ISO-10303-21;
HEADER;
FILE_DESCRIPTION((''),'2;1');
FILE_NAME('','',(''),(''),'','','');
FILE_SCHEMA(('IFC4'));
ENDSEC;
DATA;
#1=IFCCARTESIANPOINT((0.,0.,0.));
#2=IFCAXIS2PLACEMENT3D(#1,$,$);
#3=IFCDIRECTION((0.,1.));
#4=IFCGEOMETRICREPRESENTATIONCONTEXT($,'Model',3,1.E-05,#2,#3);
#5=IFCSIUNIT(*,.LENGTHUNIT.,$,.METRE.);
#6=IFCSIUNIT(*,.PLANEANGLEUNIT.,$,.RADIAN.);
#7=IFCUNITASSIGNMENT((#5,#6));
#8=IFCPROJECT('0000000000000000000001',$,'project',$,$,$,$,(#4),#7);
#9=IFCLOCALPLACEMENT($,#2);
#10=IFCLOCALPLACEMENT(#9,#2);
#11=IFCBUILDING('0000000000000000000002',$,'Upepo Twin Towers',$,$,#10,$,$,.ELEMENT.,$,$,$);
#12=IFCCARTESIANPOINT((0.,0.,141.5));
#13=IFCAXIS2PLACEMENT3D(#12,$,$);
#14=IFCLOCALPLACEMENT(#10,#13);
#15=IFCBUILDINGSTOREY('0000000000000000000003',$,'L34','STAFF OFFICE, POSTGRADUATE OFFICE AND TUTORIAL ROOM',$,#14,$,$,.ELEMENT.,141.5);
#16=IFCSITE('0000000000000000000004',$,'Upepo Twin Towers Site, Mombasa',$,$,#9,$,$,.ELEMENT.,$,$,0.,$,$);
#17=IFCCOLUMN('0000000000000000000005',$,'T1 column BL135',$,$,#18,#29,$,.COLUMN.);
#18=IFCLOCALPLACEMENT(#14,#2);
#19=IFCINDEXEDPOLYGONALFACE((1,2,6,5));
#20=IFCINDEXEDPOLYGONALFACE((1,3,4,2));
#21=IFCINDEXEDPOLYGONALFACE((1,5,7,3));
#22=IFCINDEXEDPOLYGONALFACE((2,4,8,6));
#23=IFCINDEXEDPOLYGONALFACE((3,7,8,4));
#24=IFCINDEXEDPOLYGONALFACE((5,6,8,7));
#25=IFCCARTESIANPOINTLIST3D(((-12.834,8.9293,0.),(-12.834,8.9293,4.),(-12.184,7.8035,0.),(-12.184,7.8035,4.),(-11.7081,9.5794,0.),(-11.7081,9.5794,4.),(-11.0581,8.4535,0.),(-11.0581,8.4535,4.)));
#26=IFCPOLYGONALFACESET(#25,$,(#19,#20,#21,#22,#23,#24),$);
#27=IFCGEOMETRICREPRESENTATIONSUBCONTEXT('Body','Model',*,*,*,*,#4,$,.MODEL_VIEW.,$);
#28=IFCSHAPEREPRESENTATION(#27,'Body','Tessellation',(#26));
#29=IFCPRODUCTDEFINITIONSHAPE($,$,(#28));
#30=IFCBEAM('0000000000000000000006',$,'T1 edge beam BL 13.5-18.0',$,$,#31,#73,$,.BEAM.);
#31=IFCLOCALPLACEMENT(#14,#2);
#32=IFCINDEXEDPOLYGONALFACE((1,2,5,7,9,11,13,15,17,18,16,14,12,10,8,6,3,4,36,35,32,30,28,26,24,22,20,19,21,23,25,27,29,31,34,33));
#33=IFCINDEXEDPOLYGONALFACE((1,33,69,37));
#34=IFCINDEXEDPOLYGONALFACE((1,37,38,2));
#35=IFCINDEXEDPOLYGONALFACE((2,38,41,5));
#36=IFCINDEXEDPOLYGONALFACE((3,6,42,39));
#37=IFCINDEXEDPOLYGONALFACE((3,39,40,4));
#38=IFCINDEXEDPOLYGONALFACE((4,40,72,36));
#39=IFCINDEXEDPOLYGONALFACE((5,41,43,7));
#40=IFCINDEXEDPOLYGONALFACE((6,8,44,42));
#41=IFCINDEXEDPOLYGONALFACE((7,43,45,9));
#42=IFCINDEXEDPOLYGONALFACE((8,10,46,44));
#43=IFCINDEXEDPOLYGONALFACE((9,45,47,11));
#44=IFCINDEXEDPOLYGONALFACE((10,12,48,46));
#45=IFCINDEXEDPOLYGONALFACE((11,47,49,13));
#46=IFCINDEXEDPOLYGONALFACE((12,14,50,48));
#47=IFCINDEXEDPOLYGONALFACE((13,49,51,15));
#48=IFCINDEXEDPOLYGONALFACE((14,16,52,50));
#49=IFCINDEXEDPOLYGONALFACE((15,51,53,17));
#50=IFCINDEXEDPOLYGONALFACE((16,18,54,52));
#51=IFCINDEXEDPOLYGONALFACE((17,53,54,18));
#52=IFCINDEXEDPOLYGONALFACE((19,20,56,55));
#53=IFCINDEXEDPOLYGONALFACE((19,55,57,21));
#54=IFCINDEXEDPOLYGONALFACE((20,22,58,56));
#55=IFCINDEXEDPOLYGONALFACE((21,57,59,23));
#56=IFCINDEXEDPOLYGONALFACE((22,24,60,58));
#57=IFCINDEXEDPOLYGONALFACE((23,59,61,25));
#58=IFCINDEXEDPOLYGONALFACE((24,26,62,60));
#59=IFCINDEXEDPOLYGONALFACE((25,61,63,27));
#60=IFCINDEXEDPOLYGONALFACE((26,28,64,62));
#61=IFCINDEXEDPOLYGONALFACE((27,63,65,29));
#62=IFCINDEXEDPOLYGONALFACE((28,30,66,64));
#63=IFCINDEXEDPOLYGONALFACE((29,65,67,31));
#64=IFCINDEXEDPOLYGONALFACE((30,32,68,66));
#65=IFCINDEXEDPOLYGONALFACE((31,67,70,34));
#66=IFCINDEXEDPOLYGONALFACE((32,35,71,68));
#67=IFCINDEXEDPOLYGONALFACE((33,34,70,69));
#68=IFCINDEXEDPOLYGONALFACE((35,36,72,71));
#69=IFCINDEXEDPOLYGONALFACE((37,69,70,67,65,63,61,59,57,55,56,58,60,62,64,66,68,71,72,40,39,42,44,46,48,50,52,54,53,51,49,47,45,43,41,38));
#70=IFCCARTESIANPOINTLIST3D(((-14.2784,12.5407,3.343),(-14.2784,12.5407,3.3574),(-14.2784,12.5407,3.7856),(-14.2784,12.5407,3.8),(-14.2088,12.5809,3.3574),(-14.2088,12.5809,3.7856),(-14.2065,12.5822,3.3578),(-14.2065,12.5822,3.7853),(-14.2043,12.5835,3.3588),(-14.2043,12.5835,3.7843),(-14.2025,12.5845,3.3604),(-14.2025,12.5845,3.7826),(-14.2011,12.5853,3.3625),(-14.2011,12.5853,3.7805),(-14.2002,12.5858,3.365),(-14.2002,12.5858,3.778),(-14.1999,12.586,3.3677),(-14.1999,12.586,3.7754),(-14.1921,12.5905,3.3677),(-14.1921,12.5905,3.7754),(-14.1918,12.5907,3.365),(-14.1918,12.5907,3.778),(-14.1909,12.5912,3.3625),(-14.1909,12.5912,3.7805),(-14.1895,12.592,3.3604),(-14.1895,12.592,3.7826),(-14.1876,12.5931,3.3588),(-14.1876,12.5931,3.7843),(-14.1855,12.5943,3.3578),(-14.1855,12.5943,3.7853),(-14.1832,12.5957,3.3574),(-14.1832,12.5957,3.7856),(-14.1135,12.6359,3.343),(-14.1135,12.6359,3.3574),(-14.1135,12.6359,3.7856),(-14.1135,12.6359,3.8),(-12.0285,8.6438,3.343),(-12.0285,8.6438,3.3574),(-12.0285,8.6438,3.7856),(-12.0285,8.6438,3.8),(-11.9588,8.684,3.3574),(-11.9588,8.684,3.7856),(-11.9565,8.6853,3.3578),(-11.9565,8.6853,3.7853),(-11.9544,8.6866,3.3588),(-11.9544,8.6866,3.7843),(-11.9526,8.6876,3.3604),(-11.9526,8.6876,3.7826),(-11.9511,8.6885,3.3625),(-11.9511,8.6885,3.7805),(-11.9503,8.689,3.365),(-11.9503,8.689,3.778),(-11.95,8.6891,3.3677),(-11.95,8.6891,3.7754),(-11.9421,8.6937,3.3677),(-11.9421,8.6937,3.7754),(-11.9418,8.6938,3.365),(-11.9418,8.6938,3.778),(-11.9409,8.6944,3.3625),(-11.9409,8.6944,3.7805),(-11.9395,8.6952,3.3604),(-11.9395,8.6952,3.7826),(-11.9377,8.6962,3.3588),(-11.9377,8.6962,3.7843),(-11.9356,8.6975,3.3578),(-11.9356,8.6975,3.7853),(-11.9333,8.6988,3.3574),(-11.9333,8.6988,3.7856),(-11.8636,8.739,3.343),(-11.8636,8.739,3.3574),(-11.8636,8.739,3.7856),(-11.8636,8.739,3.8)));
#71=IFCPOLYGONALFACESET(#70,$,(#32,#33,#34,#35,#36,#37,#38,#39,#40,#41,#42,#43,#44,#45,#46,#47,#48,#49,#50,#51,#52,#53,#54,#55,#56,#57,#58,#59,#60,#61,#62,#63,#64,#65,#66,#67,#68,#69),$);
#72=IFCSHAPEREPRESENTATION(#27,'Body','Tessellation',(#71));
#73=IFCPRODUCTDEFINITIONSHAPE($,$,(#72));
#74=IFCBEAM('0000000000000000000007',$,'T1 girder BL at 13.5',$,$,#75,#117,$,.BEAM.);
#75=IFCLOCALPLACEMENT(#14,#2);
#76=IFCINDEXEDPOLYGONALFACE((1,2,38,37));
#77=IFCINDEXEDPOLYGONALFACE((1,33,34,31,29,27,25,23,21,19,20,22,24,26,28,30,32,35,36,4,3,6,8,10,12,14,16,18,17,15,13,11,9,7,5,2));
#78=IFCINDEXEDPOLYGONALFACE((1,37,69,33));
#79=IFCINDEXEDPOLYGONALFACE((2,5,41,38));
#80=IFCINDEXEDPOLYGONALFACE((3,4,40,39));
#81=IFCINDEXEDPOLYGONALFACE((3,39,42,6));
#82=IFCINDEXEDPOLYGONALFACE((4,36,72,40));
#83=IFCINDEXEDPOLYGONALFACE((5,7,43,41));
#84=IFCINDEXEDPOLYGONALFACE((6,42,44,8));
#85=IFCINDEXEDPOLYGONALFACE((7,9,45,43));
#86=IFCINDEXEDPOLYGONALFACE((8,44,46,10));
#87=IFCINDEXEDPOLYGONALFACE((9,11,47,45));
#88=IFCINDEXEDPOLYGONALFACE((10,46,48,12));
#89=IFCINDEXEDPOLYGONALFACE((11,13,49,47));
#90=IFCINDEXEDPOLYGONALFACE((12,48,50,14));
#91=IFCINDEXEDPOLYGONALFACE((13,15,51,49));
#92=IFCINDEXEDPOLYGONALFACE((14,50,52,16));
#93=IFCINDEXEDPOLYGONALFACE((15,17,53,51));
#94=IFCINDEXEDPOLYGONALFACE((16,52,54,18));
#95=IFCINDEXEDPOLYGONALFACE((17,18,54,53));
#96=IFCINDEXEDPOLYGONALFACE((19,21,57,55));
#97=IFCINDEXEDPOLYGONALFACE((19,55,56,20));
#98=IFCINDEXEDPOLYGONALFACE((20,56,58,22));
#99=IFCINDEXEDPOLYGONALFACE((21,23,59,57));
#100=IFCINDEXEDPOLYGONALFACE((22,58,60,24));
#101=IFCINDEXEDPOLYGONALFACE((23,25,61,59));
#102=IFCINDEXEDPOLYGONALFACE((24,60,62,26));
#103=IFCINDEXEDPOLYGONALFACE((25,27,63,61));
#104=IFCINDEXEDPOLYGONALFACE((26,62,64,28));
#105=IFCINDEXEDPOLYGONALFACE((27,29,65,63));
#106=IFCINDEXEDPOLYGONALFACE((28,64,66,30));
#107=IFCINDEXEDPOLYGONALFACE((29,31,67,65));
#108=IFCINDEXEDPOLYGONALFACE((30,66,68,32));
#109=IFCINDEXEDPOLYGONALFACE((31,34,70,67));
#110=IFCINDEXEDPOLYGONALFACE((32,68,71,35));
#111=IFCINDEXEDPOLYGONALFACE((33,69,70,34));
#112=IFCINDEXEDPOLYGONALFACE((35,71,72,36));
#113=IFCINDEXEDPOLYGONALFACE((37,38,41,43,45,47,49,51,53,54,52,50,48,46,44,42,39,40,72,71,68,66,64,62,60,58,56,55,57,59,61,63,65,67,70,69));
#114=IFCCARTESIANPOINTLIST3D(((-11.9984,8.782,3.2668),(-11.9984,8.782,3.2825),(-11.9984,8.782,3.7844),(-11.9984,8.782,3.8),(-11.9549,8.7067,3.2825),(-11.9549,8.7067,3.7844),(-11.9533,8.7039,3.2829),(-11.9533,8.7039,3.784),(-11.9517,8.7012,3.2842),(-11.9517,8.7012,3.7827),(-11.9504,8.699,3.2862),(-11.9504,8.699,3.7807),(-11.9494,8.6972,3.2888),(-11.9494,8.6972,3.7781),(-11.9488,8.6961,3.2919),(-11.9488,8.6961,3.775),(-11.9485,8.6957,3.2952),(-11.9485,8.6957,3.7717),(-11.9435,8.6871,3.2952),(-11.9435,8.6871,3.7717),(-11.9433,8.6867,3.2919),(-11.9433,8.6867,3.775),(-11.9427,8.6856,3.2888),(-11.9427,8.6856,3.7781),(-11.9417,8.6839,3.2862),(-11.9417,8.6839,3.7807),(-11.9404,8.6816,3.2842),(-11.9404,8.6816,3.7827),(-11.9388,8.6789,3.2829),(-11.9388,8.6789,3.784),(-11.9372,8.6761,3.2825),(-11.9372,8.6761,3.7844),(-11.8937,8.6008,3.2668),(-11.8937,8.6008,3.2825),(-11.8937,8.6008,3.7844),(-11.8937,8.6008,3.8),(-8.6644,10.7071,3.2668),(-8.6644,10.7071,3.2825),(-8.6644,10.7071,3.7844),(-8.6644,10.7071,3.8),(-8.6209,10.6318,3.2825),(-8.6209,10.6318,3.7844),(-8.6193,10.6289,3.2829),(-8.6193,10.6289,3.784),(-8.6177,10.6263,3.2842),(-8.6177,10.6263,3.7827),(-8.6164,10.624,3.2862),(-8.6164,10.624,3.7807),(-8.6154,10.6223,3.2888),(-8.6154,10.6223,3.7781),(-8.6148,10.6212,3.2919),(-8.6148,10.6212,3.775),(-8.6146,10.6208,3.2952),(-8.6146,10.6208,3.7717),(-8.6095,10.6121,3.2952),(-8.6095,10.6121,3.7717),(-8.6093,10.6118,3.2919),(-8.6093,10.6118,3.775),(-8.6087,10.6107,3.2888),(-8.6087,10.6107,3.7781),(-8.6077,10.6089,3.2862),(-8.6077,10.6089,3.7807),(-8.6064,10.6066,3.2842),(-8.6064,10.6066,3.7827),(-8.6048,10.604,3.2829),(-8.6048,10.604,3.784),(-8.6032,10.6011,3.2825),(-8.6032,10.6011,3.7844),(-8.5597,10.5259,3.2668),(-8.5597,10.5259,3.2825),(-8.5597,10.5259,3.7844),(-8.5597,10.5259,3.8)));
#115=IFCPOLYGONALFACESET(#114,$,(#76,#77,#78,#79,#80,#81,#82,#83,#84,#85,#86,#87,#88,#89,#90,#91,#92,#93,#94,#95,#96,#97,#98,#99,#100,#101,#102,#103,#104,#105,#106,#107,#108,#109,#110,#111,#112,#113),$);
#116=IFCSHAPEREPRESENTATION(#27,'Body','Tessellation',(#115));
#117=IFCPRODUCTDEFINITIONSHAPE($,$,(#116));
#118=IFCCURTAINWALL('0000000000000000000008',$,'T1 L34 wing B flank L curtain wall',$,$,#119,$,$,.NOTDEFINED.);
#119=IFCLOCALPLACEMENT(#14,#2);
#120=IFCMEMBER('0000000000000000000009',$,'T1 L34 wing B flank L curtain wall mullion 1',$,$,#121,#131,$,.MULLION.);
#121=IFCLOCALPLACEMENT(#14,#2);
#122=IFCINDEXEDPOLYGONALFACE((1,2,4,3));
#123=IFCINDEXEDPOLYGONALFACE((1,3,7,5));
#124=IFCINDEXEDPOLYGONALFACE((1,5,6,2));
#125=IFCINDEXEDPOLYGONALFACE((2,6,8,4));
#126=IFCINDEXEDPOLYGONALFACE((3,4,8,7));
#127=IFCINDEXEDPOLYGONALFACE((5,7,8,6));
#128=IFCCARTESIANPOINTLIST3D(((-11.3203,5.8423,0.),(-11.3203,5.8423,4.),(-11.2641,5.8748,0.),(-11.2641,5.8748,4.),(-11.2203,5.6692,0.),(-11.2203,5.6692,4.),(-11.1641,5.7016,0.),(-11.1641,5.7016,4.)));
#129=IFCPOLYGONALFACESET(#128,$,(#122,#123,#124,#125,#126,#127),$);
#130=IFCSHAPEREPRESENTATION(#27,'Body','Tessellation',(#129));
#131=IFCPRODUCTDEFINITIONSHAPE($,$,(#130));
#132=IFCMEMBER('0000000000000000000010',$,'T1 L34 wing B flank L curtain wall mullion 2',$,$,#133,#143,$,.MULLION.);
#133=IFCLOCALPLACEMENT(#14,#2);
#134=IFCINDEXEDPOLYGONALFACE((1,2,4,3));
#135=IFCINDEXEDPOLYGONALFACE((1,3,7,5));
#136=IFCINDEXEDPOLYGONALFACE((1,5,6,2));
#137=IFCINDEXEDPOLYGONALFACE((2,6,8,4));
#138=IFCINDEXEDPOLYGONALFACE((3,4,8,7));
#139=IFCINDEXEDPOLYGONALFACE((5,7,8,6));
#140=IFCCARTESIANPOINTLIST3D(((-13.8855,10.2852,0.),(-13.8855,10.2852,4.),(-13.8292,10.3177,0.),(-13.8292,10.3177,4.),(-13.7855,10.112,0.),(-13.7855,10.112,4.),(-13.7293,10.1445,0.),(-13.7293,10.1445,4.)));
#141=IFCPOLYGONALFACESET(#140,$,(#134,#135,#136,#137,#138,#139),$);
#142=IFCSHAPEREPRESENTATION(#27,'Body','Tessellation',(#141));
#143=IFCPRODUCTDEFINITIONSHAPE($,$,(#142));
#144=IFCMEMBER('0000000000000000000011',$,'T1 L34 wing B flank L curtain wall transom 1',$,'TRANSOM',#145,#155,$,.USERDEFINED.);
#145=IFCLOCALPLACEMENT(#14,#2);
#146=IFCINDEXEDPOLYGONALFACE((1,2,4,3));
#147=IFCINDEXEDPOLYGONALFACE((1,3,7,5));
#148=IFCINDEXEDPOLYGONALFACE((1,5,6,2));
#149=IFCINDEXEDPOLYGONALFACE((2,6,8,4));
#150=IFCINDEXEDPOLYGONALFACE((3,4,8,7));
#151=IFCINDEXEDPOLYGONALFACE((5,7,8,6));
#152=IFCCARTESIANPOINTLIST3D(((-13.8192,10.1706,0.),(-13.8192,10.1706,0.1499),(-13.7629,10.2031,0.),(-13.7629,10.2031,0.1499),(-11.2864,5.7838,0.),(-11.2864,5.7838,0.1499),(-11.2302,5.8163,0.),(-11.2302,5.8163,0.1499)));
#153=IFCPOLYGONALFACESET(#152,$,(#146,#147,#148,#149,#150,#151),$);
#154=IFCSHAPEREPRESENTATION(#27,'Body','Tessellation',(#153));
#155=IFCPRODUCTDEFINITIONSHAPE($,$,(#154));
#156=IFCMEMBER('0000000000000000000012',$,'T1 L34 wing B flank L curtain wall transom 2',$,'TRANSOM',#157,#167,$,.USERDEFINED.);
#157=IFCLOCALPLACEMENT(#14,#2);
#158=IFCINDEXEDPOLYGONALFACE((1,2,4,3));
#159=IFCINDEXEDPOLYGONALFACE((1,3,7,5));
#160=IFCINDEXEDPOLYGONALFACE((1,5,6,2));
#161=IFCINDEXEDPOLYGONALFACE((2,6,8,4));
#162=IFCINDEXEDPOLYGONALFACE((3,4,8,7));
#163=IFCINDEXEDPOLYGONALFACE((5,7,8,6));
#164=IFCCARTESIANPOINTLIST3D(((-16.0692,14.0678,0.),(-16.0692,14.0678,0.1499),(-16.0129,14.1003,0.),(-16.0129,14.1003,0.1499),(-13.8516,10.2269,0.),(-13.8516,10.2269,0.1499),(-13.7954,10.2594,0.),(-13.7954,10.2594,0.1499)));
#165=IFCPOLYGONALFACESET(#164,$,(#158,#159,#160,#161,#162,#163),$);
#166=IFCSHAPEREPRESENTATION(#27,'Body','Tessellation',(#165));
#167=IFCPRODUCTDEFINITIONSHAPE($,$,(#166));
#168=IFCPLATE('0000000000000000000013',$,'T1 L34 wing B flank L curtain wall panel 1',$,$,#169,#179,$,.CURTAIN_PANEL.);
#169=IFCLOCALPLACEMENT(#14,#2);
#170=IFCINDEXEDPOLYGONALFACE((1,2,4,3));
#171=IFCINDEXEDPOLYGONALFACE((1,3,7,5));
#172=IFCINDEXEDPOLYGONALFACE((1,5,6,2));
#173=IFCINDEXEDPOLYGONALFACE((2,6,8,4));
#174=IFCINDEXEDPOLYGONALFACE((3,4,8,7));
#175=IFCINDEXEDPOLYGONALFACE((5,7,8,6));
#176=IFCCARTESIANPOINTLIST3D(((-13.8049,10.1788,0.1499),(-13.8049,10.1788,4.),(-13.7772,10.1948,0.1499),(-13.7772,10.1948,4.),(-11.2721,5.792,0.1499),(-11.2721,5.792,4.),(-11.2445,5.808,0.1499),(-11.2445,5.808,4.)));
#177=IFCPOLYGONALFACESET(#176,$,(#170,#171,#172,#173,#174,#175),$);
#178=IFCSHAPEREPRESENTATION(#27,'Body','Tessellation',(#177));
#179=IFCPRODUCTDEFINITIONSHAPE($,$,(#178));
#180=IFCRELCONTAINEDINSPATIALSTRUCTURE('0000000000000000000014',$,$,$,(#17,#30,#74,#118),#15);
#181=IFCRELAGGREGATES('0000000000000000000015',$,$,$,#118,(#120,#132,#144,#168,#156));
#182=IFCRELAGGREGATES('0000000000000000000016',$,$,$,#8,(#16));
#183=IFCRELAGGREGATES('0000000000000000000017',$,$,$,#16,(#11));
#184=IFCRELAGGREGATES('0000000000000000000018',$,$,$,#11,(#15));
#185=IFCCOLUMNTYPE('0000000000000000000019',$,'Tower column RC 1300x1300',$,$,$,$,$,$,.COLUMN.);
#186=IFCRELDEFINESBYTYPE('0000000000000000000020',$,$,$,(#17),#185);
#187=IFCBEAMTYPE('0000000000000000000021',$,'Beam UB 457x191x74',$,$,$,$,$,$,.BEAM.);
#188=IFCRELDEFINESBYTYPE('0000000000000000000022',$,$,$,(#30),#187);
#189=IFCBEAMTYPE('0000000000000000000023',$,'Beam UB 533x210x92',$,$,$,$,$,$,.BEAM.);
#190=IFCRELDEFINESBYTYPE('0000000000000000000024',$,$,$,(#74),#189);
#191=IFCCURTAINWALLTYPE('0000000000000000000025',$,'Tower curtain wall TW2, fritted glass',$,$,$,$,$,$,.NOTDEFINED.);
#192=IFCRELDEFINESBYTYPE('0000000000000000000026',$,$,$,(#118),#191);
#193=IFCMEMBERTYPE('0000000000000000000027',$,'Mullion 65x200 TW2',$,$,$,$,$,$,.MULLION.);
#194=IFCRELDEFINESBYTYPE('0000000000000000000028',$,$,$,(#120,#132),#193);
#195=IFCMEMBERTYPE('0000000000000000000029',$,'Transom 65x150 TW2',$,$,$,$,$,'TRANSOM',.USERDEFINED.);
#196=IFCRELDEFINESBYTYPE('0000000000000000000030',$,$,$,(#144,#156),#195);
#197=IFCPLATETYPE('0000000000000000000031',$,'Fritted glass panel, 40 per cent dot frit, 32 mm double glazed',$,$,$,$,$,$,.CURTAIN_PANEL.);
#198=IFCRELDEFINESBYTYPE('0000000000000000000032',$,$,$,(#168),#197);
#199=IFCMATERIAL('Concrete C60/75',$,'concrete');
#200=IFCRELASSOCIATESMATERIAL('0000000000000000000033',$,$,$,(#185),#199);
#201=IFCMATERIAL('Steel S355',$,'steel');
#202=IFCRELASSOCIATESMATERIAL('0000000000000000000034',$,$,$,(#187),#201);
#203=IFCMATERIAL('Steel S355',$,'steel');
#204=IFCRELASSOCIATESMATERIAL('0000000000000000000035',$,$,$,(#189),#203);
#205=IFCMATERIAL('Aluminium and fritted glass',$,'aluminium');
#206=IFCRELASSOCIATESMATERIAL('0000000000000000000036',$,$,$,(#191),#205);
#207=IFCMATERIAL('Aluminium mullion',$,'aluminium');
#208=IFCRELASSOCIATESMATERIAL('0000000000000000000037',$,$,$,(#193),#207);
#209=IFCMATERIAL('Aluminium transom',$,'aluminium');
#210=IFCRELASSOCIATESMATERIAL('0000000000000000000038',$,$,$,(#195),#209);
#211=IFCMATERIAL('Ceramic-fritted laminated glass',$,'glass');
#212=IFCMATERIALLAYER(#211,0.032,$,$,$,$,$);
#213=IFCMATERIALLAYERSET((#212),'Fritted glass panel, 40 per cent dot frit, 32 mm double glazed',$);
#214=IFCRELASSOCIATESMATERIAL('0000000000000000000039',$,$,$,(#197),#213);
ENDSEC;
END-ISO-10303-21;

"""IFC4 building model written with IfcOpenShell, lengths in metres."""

from ifc_helpers import new_model, si_unit, direction, frame, origin, origin_2d, place, context, subcontext, project, spatial, rectangle, i_section, extrude, material, layer, layer_set, material_profile, profile_set, type_object, element, aggregate, save


model = new_model("IFC4")

# Units and contexts
model_context = context("Model", 3, precision=1e-05, world=origin(), true_north=direction((0.0, 1.0)))
body_context = subcontext(model_context, "Body", "Model", "MODEL_VIEW")
ifc_project = project(units=[si_unit("LENGTHUNIT", "METRE"), si_unit("PLANEANGLEUNIT", "RADIAN")], contexts=[model_context])

# Site, building, storey
site_placement = place(None, origin())
site = spatial("IfcSite", under=ifc_project, at=site_placement, Name="Upepo Twin Towers Site, Mombasa", CompositionType="ELEMENT", RefElevation=0.0)
building_placement = place(site_placement, origin())
building = spatial("IfcBuilding", under=site, at=building_placement, Name="Upepo Twin Towers", CompositionType="ELEMENT")
storey_placement = place(building_placement, frame((0.0, 0.0, 141.5)))
storey = spatial("IfcBuildingStorey", under=building, at=storey_placement, Name="L34", Description="STAFF OFFICE, POSTGRADUATE OFFICE AND TUTORIAL ROOM", CompositionType="ELEMENT", Elevation=141.5)

# Column
ifc_material_1 = material(Name="Concrete C60/75", Category="concrete")
ifc_material_profile_1 = material_profile(ifc_material_1, rectangle(XDim=1.3, YDim=1.3, at=origin_2d()), Name="RC 1300x1300")
ifc_profile_set_1 = profile_set([ifc_material_profile_1], Name="Concrete C60/75")
column_type = type_object("IfcColumnType", Name="Tower column RC 1300x1300", PredefinedType="COLUMN", material=ifc_profile_set_1)
column_placement = place(storey_placement, frame((-11.946, 8.6914, 0.0), z_axis=(0.0, 0.0, 1.0), x_axis=(0.866025, 0.5, 0.0)))
element("IfcColumn", 1, at=column_placement, inside=storey, type_object=column_type, Name="T1 column BL135", PredefinedType="COLUMN", context=body_context, shape_type="SweptSolid", body=[
    extrude(rectangle(XDim=1.3, YDim=1.3, at=origin_2d()), origin(), (0.0, 0.0, 1.0), 4.0),
])

# Beams
ifc_material_2 = material(Name="Steel S355", Category="steel")
ifc_material_profile_2 = material_profile(ifc_material_2, i_section(OverallWidth=0.1904, OverallDepth=0.457, WebThickness=0.009, FlangeThickness=0.0144, FilletRadius=0.0103, at=origin_2d()), Name="UB 457x191x74")
ifc_profile_set_2 = profile_set([ifc_material_profile_2], Name="Steel S355")
beam_type_1 = type_object("IfcBeamType", Name="Beam UB 457x191x74", PredefinedType="BEAM", material=ifc_profile_set_2)
beam_1_placement = place(storey_placement, frame((-11.946, 8.6914, 3.5715), z_axis=(-0.500014, 0.866018, 0.0), x_axis=(-0.866018, -0.500014, 0.0)))
element("IfcBeam", 2, at=beam_1_placement, inside=storey, type_object=beam_type_1, Name="T1 edge beam BL 13.5-18.0", PredefinedType="BEAM", context=body_context, shape_type="SweptSolid", body=[
    extrude(i_section(OverallWidth=0.1904, OverallDepth=0.457, WebThickness=0.009, FlangeThickness=0.0144, FilletRadius=0.0103, at=origin_2d()), origin(), (0.0, 0.0, 1.0), 4.4998),
])
ifc_material_3 = material(Name="Steel S355", Category="steel")
ifc_material_profile_3 = material_profile(ifc_material_3, i_section(OverallWidth=0.2092, OverallDepth=0.5332, WebThickness=0.01, FlangeThickness=0.0156, FilletRadius=0.0127, at=origin_2d()), Name="UB 533x210x92")
ifc_profile_set_3 = profile_set([ifc_material_profile_3], Name="Steel S355")
beam_type_2 = type_object("IfcBeamType", Name="Beam UB 533x210x92", PredefinedType="BEAM", material=ifc_profile_set_3)
beam_2_placement = place(storey_placement, frame((-11.946, 8.6914, 3.5334), z_axis=(0.866006, 0.500034, 0.0), x_axis=(-0.500034, 0.866006, 0.0)))
element("IfcBeam", 3, at=beam_2_placement, inside=storey, type_object=beam_type_2, Name="T1 girder BL at 13.5", PredefinedType="BEAM", context=body_context, shape_type="SweptSolid", body=[
    extrude(i_section(OverallWidth=0.2092, OverallDepth=0.5332, WebThickness=0.01, FlangeThickness=0.0156, FilletRadius=0.0127, at=origin_2d()), origin(), (0.0, 0.0, 1.0), 3.8499),
])

# Curtain wall, members, plate
ifc_material_4 = material(Name="Aluminium and fritted glass", Category="aluminium")
curtain_wall_type = type_object("IfcCurtainWallType", Name="Tower curtain wall TW2, fritted glass", PredefinedType="NOTDEFINED", material=ifc_material_4)
curtain_wall_placement = place(storey_placement, origin())
curtain_wall = element("IfcCurtainWall", 4, at=curtain_wall_placement, inside=storey, type_object=curtain_wall_type, Name="T1 L34 wing B flank L curtain wall", PredefinedType="NOTDEFINED")
ifc_material_5 = material(Name="Aluminium mullion", Category="aluminium")
ifc_material_profile_4 = material_profile(ifc_material_5, rectangle(XDim=0.0649, YDim=0.2, at=origin_2d()), Name="MULLION 65x200")
ifc_profile_set_4 = profile_set([ifc_material_profile_4], Name="Aluminium mullion")
member_type_1 = type_object("IfcMemberType", Name="Mullion 65x200 TW2", PredefinedType="MULLION", material=ifc_profile_set_4)
member_1_placement = place(storey_placement, frame((-11.2422, 5.772, 0.0), z_axis=(0.0, 0.0, 1.0), x_axis=(-0.866025, -0.5, 0.0)))
member_1 = element("IfcMember", 5, at=member_1_placement, type_object=member_type_1, Name="T1 L34 wing B flank L curtain wall mullion 1", PredefinedType="MULLION", context=body_context, shape_type="SweptSolid", body=[
    extrude(rectangle(XDim=0.0649, YDim=0.2, at=origin_2d()), origin(), (0.0, 0.0, 1.0), 4.0),
])
member_2_placement = place(storey_placement, frame((-13.8074, 10.2148, 0.0), z_axis=(0.0, 0.0, 1.0), x_axis=(-0.866025, -0.5, 0.0)))
member_2 = element("IfcMember", 6, at=member_2_placement, type_object=member_type_1, Name="T1 L34 wing B flank L curtain wall mullion 2", PredefinedType="MULLION", context=body_context, shape_type="SweptSolid", body=[
    extrude(rectangle(XDim=0.0649, YDim=0.2, at=origin_2d()), origin(), (0.0, 0.0, 1.0), 4.0),
])
ifc_material_6 = material(Name="Aluminium transom", Category="aluminium")
ifc_material_profile_5 = material_profile(ifc_material_6, rectangle(XDim=0.0649, YDim=0.1499, at=origin_2d()), Name="TRANSOM 65x150")
ifc_profile_set_5 = profile_set([ifc_material_profile_5], Name="Aluminium transom")
member_type_2 = type_object("IfcMemberType", Name="Transom 65x150 TW2", ElementType="TRANSOM", PredefinedType="USERDEFINED", material=ifc_profile_set_5)
member_3_placement = place(storey_placement, frame((-11.2583, 5.8, 0.075), z_axis=(-0.500006, 0.866022, 0.0), x_axis=(-0.866022, -0.500006, 0.0)))
member_3 = element("IfcMember", 7, at=member_3_placement, type_object=member_type_2, Name="T1 L34 wing B flank L curtain wall transom 1", ObjectType="TRANSOM", PredefinedType="USERDEFINED", context=body_context, shape_type="SweptSolid", body=[
    extrude(rectangle(XDim=0.0649, YDim=0.1499, at=origin_2d()), origin(), (0.0, 0.0, 1.0), 5.0654),
])
member_4_placement = place(storey_placement, frame((-13.8235, 10.2432, 0.075), z_axis=(-0.500005, 0.866022, 0.0), x_axis=(-0.866022, -0.500005, 0.0)))
member_4 = element("IfcMember", 8, at=member_4_placement, type_object=member_type_2, Name="T1 L34 wing B flank L curtain wall transom 2", ObjectType="TRANSOM", PredefinedType="USERDEFINED", context=body_context, shape_type="SweptSolid", body=[
    extrude(rectangle(XDim=0.0649, YDim=0.1499, at=origin_2d()), origin(), (0.0, 0.0, 1.0), 4.4351),
])
ifc_material_7 = material(Name="Ceramic-fritted laminated glass", Category="glass")
ifc_layer_1 = layer(ifc_material_7, 0.032)
ifc_layer_set_1 = layer_set([ifc_layer_1], Name="Fritted glass panel, 40 per cent dot frit, 32 mm double glazed")
plate_type = type_object("IfcPlateType", Name="Fritted glass panel, 40 per cent dot frit, 32 mm double glazed", PredefinedType="CURTAIN_PANEL", material=ifc_layer_set_1)
plate_1_placement = place(storey_placement, frame((-12.5247, 7.9934, 0.1499), z_axis=(0.0, 0.0, 1.0), x_axis=(-0.5, 0.866025, 0.0)))
plate_1 = element("IfcPlate", 9, at=plate_1_placement, type_object=plate_type, Name="T1 L34 wing B flank L curtain wall panel 1", PredefinedType="CURTAIN_PANEL", context=body_context, shape_type="SweptSolid", body=[
    extrude(rectangle(XDim=5.0654, YDim=0.032, at=origin_2d()), origin(), (0.0, 0.0, 1.0), 3.8501),
])
aggregate(curtain_wall, [member_1, member_2, member_3, plate_1, member_4])

save(model, "model.ifc")
